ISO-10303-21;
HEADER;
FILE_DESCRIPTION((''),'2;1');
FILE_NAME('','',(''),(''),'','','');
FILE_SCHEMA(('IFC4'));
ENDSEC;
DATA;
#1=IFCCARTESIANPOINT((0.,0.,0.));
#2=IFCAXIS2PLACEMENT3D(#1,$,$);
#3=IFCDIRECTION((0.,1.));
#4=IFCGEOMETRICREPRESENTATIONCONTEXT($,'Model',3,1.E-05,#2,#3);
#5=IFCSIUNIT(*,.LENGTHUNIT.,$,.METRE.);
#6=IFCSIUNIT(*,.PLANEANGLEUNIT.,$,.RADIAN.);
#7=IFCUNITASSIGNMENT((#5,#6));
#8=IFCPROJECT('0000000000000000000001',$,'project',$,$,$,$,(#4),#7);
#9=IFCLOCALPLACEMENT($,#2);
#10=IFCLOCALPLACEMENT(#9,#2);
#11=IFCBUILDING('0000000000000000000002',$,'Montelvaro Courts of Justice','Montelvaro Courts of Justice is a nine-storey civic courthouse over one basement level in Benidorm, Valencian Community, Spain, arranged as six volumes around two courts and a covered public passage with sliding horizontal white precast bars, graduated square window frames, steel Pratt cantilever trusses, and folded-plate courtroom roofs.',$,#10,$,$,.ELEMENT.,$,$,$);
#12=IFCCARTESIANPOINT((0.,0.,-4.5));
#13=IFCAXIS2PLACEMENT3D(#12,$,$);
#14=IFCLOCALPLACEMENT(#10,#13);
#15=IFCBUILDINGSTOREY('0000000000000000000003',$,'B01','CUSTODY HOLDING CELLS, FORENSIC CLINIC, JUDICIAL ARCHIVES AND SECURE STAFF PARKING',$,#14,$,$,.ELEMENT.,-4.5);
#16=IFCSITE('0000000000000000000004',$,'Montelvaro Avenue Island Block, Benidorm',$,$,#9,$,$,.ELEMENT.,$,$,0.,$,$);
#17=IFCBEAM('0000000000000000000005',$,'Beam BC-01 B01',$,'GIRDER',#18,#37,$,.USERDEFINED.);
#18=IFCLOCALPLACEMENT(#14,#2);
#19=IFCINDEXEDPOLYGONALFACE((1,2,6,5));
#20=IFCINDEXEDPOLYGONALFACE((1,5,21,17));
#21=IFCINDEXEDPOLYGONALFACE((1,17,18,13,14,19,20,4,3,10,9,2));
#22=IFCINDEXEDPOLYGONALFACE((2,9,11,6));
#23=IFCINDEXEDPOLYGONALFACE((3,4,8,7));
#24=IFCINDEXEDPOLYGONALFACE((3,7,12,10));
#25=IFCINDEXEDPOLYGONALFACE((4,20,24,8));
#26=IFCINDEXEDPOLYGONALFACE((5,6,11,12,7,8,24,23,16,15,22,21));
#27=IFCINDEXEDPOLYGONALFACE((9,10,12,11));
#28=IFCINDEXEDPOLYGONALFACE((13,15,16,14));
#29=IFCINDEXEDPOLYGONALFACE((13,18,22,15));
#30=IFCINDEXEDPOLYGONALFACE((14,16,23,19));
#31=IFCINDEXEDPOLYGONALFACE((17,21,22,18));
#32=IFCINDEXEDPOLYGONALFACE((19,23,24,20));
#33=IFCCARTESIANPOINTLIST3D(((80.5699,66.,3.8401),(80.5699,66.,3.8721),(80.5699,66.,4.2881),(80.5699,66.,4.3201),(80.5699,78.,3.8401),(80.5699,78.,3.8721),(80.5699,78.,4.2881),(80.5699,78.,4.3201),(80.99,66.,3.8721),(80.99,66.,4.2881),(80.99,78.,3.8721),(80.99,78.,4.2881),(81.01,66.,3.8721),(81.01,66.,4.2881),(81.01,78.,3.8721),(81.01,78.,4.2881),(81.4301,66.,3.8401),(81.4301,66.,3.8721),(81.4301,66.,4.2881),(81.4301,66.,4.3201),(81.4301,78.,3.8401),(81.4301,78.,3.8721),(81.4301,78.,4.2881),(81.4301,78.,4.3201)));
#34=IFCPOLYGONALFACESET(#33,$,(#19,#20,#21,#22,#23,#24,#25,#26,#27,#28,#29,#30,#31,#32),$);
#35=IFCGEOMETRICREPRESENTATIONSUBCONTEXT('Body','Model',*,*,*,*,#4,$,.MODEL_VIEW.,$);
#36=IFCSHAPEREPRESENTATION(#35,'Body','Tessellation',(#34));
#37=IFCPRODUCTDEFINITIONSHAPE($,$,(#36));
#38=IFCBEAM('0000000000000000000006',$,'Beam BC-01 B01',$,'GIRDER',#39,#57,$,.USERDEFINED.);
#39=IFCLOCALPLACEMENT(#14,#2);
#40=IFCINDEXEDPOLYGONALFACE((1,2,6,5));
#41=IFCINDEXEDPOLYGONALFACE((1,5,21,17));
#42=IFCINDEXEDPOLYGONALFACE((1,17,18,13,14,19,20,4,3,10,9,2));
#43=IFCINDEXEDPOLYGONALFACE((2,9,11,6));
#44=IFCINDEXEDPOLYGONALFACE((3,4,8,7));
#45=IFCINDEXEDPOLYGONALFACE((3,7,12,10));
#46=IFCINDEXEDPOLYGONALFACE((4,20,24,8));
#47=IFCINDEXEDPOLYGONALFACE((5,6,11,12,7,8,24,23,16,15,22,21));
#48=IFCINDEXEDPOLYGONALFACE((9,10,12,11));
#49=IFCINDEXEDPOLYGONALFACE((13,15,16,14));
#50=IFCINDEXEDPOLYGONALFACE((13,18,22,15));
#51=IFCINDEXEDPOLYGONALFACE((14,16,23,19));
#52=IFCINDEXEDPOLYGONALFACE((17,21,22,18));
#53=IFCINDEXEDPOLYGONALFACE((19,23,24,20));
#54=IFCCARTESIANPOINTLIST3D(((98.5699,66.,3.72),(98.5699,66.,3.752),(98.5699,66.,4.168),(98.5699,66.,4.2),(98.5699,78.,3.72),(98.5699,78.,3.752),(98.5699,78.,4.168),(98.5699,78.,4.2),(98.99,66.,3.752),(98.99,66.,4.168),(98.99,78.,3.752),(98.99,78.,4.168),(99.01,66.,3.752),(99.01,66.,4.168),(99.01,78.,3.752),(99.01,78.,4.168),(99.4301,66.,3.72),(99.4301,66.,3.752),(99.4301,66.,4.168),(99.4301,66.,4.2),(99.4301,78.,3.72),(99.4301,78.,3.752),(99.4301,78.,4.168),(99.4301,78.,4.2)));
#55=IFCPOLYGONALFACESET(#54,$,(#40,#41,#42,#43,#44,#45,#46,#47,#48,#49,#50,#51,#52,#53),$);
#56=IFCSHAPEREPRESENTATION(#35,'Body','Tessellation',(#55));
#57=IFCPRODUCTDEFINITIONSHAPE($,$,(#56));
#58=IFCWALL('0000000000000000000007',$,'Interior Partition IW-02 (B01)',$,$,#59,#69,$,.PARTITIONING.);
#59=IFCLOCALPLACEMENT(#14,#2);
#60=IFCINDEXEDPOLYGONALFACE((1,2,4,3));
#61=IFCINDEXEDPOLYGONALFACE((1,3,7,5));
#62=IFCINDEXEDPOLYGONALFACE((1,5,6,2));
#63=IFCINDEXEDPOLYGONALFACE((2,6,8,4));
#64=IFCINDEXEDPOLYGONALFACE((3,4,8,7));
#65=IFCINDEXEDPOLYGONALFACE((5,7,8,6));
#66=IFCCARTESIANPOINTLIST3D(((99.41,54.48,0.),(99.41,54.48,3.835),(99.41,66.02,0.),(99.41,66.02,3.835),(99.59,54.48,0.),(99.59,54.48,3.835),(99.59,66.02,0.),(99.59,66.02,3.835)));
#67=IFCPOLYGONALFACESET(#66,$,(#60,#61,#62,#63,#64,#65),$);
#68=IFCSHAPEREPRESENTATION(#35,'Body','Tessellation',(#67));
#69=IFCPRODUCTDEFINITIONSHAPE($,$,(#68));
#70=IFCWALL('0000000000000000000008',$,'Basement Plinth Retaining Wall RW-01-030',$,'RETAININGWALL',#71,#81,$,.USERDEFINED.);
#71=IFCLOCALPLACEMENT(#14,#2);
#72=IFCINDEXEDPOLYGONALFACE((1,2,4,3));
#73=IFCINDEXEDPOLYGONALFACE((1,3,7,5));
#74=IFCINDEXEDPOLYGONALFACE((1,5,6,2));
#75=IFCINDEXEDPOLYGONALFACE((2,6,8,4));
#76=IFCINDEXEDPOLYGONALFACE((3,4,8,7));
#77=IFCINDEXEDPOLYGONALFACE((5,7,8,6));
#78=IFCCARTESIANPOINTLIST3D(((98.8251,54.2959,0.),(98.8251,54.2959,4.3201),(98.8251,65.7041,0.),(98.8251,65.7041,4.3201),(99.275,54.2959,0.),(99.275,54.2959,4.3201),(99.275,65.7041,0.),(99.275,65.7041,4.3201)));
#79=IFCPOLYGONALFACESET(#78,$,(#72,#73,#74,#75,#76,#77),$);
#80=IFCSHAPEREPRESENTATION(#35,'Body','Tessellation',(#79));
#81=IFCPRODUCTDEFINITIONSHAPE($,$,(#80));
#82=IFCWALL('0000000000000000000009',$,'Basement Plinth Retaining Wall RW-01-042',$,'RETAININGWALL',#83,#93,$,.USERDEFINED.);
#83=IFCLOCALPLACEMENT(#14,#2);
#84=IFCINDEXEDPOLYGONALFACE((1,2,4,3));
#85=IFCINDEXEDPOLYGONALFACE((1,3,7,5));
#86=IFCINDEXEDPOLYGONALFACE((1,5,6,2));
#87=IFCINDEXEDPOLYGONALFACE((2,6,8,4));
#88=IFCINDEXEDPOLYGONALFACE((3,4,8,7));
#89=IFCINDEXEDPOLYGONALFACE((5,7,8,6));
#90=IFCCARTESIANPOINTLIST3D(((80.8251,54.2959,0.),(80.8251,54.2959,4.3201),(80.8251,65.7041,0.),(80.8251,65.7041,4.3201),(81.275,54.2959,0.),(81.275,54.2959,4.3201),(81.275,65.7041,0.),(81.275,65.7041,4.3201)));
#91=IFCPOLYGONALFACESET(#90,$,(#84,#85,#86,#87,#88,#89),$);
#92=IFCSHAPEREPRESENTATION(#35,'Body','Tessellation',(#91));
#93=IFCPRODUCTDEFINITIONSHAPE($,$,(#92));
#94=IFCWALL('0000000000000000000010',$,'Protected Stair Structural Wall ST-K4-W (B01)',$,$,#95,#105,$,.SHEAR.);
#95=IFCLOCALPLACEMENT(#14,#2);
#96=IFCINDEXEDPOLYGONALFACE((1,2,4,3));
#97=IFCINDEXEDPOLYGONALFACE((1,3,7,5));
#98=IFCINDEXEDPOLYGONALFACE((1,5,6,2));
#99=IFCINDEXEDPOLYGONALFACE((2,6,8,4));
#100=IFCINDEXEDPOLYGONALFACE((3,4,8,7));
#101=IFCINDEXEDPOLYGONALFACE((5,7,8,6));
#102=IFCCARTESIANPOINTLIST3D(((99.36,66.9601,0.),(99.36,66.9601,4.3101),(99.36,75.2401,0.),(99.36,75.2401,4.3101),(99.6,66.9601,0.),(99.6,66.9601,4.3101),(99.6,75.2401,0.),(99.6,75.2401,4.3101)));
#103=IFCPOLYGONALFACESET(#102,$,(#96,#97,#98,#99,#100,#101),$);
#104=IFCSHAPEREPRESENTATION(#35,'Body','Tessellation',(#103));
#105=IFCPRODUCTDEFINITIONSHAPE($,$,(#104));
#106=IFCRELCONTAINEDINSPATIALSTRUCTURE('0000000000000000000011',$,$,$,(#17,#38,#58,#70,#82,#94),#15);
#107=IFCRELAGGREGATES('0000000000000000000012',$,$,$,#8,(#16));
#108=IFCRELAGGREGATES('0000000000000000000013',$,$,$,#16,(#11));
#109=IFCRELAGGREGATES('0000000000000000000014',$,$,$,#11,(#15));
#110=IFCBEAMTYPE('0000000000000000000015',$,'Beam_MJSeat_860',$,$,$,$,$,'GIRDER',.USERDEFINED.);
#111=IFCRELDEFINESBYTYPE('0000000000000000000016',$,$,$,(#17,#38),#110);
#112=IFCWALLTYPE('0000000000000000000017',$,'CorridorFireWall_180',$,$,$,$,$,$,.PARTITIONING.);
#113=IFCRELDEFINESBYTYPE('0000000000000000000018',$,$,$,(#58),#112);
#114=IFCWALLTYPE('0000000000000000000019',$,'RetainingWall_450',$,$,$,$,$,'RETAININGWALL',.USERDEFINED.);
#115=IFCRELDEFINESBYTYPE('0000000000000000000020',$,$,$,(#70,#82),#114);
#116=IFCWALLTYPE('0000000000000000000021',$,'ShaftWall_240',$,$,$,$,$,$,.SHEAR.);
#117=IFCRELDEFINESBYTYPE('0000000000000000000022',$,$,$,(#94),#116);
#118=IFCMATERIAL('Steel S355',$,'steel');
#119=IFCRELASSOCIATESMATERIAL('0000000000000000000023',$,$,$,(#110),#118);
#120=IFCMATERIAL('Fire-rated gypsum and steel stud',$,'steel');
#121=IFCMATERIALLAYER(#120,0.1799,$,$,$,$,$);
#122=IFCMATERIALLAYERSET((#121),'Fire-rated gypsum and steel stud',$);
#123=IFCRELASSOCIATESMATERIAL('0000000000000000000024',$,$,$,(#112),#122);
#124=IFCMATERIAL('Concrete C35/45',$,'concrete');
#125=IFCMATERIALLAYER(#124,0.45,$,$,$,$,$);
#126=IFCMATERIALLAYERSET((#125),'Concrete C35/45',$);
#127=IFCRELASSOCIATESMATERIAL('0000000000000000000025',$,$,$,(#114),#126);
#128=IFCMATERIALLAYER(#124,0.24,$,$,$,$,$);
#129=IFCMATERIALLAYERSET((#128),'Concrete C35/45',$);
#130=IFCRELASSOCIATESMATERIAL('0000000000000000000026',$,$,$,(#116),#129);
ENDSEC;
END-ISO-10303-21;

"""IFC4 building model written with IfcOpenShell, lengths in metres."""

from ifc_helpers import new_model, si_unit, direction, frame, frame_2d, origin, origin_2d, place, context, subcontext, project, spatial, rectangle, i_section, extrude, material, layer, layer_set, material_profile, profile_set, type_object, element, save


model = new_model("IFC4")

# Units and contexts
model_context = context("Model", 3, precision=1e-05, world=origin(), true_north=direction((0.0, 1.0)))
body_context = subcontext(model_context, "Body", "Model", "MODEL_VIEW")
ifc_project = project(units=[si_unit("LENGTHUNIT", "METRE"), si_unit("PLANEANGLEUNIT", "RADIAN")], contexts=[model_context])

# Site, building, storey
site_placement = place(None, origin())
site = spatial("IfcSite", under=ifc_project, at=site_placement, Name="Montelvaro Avenue Island Block, Benidorm", CompositionType="ELEMENT", RefElevation=0.0)
building_placement = place(site_placement, origin())
building = spatial("IfcBuilding", under=site, at=building_placement, Name="Montelvaro Courts of Justice", Description="Montelvaro Courts of Justice is a nine-storey civic courthouse over one basement level in Benidorm, Valencian Community, Spain, arranged as six volumes around two courts and a covered public passage with sliding horizontal white precast bars, graduated square window frames, steel Pratt cantilever trusses, and folded-plate courtroom roofs.", CompositionType="ELEMENT")
storey_placement = place(building_placement, frame((0.0, 0.0, -4.5)))
storey = spatial("IfcBuildingStorey", under=building, at=storey_placement, Name="B01", Description="CUSTODY HOLDING CELLS, FORENSIC CLINIC, JUDICIAL ARCHIVES AND SECURE STAFF PARKING", CompositionType="ELEMENT", Elevation=-4.5)

# Shared definitions
ifc_material_1 = material(Name="Concrete C35/45", Category="concrete")

# Beams
ifc_material_2 = material(Name="Steel S355", Category="steel")
ifc_material_profile_1 = material_profile(ifc_material_2, i_section(OverallWidth=0.8601, OverallDepth=0.48, WebThickness=0.02, FlangeThickness=0.032, at=origin_2d()), Name="HL 480x860")
ifc_profile_set_1 = profile_set([ifc_material_profile_1], Name="Steel S355")
beam_type_1 = type_object("IfcBeamType", Name="Beam_MJSeat_860", ElementType="GIRDER", PredefinedType="USERDEFINED", material=ifc_profile_set_1)
for number, where, z_axis, x_axis, name in (
    (1, (81.0, 66.0, 4.0801), (0.0, 1.0, 0.0), (-1.0, 0.0, 0.0), "Beam BC-01 B01"),
    (2, (99.0, 66.0, 3.96), (0.0, 1.0, 0.0), (-1.0, 0.0, 0.0), "Beam BC-01 B01"),
):
    element("IfcBeam", number, at=place(storey_placement, frame(where, z_axis=z_axis, x_axis=x_axis)), inside=storey, type_object=beam_type_1, Name=name, ObjectType="GIRDER", PredefinedType="USERDEFINED", context=body_context, shape_type="SweptSolid", body=[
        extrude(i_section(OverallWidth=0.8601, OverallDepth=0.48, WebThickness=0.02, FlangeThickness=0.032, at=origin_2d()), origin(), (0.0, 0.0, 1.0), 12.0),
    ])

# Walls
ifc_material_3 = material(Name="Fire-rated gypsum and steel stud", Category="steel")
ifc_layer_1 = layer(ifc_material_3, 0.1799)
ifc_layer_set_1 = layer_set([ifc_layer_1], Name="Fire-rated gypsum and steel stud")
wall_type_1 = type_object("IfcWallType", Name="CorridorFireWall_180", PredefinedType="PARTITIONING", material=ifc_layer_set_1)
wall_1_placement = place(storey_placement, frame((99.5, 54.48, 0.0), z_axis=(0.0, 0.0, 1.0), x_axis=(0.0, 1.0, 0.0)))
element("IfcWall", 3, at=wall_1_placement, inside=storey, type_object=wall_type_1, Name="Interior Partition IW-02 (B01)", PredefinedType="PARTITIONING", context=body_context, shape_type="SweptSolid", body=[
    extrude(rectangle(XDim=11.54, YDim=0.1799, at=frame_2d((5.77, 0.0))), origin(), (0.0, 0.0, 1.0), 3.835),
])
ifc_layer_2 = layer(ifc_material_1, 0.45)
ifc_layer_set_2 = layer_set([ifc_layer_2], Name="Concrete C35/45")
wall_type_2 = type_object("IfcWallType", Name="RetainingWall_450", ElementType="RETAININGWALL", PredefinedType="USERDEFINED", material=ifc_layer_set_2)
for number, where, z_axis, x_axis, name in (
    (4, (99.05, 65.7041, 0.0), (0.0, 0.0, 1.0), (0.0, -1.0, 0.0), "Basement Plinth Retaining Wall RW-01-030"),
    (5, (81.05, 65.7041, 0.0), (0.0, 0.0, 1.0), (0.0, -1.0, 0.0), "Basement Plinth Retaining Wall RW-01-042"),
):
    element("IfcWall", number, at=place(storey_placement, frame(where, z_axis=z_axis, x_axis=x_axis)), inside=storey, type_object=wall_type_2, Name=name, ObjectType="RETAININGWALL", PredefinedType="USERDEFINED", context=body_context, shape_type="SweptSolid", body=[
        extrude(rectangle(XDim=11.4082, YDim=0.45, at=frame_2d((5.7041, 0.0))), origin(), (0.0, 0.0, 1.0), 4.3201),
    ])
ifc_layer_3 = layer(ifc_material_1, 0.24)
ifc_layer_set_3 = layer_set([ifc_layer_3], Name="Concrete C35/45")
wall_type_3 = type_object("IfcWallType", Name="ShaftWall_240", PredefinedType="SHEAR", material=ifc_layer_set_3)
wall_2_placement = place(storey_placement, frame((99.48, 66.96, 0.0), z_axis=(0.0, 0.0, 1.0), x_axis=(0.0, 1.0, 0.0)))
element("IfcWall", 6, at=wall_2_placement, inside=storey, type_object=wall_type_3, Name="Protected Stair Structural Wall ST-K4-W (B01)", PredefinedType="SHEAR", context=body_context, shape_type="SweptSolid", body=[
    extrude(rectangle(XDim=8.28, YDim=0.24, at=frame_2d((4.1401, 0.0))), origin(), (0.0, 0.0, 1.0), 4.3101),
])

save(model, "model.ifc")
